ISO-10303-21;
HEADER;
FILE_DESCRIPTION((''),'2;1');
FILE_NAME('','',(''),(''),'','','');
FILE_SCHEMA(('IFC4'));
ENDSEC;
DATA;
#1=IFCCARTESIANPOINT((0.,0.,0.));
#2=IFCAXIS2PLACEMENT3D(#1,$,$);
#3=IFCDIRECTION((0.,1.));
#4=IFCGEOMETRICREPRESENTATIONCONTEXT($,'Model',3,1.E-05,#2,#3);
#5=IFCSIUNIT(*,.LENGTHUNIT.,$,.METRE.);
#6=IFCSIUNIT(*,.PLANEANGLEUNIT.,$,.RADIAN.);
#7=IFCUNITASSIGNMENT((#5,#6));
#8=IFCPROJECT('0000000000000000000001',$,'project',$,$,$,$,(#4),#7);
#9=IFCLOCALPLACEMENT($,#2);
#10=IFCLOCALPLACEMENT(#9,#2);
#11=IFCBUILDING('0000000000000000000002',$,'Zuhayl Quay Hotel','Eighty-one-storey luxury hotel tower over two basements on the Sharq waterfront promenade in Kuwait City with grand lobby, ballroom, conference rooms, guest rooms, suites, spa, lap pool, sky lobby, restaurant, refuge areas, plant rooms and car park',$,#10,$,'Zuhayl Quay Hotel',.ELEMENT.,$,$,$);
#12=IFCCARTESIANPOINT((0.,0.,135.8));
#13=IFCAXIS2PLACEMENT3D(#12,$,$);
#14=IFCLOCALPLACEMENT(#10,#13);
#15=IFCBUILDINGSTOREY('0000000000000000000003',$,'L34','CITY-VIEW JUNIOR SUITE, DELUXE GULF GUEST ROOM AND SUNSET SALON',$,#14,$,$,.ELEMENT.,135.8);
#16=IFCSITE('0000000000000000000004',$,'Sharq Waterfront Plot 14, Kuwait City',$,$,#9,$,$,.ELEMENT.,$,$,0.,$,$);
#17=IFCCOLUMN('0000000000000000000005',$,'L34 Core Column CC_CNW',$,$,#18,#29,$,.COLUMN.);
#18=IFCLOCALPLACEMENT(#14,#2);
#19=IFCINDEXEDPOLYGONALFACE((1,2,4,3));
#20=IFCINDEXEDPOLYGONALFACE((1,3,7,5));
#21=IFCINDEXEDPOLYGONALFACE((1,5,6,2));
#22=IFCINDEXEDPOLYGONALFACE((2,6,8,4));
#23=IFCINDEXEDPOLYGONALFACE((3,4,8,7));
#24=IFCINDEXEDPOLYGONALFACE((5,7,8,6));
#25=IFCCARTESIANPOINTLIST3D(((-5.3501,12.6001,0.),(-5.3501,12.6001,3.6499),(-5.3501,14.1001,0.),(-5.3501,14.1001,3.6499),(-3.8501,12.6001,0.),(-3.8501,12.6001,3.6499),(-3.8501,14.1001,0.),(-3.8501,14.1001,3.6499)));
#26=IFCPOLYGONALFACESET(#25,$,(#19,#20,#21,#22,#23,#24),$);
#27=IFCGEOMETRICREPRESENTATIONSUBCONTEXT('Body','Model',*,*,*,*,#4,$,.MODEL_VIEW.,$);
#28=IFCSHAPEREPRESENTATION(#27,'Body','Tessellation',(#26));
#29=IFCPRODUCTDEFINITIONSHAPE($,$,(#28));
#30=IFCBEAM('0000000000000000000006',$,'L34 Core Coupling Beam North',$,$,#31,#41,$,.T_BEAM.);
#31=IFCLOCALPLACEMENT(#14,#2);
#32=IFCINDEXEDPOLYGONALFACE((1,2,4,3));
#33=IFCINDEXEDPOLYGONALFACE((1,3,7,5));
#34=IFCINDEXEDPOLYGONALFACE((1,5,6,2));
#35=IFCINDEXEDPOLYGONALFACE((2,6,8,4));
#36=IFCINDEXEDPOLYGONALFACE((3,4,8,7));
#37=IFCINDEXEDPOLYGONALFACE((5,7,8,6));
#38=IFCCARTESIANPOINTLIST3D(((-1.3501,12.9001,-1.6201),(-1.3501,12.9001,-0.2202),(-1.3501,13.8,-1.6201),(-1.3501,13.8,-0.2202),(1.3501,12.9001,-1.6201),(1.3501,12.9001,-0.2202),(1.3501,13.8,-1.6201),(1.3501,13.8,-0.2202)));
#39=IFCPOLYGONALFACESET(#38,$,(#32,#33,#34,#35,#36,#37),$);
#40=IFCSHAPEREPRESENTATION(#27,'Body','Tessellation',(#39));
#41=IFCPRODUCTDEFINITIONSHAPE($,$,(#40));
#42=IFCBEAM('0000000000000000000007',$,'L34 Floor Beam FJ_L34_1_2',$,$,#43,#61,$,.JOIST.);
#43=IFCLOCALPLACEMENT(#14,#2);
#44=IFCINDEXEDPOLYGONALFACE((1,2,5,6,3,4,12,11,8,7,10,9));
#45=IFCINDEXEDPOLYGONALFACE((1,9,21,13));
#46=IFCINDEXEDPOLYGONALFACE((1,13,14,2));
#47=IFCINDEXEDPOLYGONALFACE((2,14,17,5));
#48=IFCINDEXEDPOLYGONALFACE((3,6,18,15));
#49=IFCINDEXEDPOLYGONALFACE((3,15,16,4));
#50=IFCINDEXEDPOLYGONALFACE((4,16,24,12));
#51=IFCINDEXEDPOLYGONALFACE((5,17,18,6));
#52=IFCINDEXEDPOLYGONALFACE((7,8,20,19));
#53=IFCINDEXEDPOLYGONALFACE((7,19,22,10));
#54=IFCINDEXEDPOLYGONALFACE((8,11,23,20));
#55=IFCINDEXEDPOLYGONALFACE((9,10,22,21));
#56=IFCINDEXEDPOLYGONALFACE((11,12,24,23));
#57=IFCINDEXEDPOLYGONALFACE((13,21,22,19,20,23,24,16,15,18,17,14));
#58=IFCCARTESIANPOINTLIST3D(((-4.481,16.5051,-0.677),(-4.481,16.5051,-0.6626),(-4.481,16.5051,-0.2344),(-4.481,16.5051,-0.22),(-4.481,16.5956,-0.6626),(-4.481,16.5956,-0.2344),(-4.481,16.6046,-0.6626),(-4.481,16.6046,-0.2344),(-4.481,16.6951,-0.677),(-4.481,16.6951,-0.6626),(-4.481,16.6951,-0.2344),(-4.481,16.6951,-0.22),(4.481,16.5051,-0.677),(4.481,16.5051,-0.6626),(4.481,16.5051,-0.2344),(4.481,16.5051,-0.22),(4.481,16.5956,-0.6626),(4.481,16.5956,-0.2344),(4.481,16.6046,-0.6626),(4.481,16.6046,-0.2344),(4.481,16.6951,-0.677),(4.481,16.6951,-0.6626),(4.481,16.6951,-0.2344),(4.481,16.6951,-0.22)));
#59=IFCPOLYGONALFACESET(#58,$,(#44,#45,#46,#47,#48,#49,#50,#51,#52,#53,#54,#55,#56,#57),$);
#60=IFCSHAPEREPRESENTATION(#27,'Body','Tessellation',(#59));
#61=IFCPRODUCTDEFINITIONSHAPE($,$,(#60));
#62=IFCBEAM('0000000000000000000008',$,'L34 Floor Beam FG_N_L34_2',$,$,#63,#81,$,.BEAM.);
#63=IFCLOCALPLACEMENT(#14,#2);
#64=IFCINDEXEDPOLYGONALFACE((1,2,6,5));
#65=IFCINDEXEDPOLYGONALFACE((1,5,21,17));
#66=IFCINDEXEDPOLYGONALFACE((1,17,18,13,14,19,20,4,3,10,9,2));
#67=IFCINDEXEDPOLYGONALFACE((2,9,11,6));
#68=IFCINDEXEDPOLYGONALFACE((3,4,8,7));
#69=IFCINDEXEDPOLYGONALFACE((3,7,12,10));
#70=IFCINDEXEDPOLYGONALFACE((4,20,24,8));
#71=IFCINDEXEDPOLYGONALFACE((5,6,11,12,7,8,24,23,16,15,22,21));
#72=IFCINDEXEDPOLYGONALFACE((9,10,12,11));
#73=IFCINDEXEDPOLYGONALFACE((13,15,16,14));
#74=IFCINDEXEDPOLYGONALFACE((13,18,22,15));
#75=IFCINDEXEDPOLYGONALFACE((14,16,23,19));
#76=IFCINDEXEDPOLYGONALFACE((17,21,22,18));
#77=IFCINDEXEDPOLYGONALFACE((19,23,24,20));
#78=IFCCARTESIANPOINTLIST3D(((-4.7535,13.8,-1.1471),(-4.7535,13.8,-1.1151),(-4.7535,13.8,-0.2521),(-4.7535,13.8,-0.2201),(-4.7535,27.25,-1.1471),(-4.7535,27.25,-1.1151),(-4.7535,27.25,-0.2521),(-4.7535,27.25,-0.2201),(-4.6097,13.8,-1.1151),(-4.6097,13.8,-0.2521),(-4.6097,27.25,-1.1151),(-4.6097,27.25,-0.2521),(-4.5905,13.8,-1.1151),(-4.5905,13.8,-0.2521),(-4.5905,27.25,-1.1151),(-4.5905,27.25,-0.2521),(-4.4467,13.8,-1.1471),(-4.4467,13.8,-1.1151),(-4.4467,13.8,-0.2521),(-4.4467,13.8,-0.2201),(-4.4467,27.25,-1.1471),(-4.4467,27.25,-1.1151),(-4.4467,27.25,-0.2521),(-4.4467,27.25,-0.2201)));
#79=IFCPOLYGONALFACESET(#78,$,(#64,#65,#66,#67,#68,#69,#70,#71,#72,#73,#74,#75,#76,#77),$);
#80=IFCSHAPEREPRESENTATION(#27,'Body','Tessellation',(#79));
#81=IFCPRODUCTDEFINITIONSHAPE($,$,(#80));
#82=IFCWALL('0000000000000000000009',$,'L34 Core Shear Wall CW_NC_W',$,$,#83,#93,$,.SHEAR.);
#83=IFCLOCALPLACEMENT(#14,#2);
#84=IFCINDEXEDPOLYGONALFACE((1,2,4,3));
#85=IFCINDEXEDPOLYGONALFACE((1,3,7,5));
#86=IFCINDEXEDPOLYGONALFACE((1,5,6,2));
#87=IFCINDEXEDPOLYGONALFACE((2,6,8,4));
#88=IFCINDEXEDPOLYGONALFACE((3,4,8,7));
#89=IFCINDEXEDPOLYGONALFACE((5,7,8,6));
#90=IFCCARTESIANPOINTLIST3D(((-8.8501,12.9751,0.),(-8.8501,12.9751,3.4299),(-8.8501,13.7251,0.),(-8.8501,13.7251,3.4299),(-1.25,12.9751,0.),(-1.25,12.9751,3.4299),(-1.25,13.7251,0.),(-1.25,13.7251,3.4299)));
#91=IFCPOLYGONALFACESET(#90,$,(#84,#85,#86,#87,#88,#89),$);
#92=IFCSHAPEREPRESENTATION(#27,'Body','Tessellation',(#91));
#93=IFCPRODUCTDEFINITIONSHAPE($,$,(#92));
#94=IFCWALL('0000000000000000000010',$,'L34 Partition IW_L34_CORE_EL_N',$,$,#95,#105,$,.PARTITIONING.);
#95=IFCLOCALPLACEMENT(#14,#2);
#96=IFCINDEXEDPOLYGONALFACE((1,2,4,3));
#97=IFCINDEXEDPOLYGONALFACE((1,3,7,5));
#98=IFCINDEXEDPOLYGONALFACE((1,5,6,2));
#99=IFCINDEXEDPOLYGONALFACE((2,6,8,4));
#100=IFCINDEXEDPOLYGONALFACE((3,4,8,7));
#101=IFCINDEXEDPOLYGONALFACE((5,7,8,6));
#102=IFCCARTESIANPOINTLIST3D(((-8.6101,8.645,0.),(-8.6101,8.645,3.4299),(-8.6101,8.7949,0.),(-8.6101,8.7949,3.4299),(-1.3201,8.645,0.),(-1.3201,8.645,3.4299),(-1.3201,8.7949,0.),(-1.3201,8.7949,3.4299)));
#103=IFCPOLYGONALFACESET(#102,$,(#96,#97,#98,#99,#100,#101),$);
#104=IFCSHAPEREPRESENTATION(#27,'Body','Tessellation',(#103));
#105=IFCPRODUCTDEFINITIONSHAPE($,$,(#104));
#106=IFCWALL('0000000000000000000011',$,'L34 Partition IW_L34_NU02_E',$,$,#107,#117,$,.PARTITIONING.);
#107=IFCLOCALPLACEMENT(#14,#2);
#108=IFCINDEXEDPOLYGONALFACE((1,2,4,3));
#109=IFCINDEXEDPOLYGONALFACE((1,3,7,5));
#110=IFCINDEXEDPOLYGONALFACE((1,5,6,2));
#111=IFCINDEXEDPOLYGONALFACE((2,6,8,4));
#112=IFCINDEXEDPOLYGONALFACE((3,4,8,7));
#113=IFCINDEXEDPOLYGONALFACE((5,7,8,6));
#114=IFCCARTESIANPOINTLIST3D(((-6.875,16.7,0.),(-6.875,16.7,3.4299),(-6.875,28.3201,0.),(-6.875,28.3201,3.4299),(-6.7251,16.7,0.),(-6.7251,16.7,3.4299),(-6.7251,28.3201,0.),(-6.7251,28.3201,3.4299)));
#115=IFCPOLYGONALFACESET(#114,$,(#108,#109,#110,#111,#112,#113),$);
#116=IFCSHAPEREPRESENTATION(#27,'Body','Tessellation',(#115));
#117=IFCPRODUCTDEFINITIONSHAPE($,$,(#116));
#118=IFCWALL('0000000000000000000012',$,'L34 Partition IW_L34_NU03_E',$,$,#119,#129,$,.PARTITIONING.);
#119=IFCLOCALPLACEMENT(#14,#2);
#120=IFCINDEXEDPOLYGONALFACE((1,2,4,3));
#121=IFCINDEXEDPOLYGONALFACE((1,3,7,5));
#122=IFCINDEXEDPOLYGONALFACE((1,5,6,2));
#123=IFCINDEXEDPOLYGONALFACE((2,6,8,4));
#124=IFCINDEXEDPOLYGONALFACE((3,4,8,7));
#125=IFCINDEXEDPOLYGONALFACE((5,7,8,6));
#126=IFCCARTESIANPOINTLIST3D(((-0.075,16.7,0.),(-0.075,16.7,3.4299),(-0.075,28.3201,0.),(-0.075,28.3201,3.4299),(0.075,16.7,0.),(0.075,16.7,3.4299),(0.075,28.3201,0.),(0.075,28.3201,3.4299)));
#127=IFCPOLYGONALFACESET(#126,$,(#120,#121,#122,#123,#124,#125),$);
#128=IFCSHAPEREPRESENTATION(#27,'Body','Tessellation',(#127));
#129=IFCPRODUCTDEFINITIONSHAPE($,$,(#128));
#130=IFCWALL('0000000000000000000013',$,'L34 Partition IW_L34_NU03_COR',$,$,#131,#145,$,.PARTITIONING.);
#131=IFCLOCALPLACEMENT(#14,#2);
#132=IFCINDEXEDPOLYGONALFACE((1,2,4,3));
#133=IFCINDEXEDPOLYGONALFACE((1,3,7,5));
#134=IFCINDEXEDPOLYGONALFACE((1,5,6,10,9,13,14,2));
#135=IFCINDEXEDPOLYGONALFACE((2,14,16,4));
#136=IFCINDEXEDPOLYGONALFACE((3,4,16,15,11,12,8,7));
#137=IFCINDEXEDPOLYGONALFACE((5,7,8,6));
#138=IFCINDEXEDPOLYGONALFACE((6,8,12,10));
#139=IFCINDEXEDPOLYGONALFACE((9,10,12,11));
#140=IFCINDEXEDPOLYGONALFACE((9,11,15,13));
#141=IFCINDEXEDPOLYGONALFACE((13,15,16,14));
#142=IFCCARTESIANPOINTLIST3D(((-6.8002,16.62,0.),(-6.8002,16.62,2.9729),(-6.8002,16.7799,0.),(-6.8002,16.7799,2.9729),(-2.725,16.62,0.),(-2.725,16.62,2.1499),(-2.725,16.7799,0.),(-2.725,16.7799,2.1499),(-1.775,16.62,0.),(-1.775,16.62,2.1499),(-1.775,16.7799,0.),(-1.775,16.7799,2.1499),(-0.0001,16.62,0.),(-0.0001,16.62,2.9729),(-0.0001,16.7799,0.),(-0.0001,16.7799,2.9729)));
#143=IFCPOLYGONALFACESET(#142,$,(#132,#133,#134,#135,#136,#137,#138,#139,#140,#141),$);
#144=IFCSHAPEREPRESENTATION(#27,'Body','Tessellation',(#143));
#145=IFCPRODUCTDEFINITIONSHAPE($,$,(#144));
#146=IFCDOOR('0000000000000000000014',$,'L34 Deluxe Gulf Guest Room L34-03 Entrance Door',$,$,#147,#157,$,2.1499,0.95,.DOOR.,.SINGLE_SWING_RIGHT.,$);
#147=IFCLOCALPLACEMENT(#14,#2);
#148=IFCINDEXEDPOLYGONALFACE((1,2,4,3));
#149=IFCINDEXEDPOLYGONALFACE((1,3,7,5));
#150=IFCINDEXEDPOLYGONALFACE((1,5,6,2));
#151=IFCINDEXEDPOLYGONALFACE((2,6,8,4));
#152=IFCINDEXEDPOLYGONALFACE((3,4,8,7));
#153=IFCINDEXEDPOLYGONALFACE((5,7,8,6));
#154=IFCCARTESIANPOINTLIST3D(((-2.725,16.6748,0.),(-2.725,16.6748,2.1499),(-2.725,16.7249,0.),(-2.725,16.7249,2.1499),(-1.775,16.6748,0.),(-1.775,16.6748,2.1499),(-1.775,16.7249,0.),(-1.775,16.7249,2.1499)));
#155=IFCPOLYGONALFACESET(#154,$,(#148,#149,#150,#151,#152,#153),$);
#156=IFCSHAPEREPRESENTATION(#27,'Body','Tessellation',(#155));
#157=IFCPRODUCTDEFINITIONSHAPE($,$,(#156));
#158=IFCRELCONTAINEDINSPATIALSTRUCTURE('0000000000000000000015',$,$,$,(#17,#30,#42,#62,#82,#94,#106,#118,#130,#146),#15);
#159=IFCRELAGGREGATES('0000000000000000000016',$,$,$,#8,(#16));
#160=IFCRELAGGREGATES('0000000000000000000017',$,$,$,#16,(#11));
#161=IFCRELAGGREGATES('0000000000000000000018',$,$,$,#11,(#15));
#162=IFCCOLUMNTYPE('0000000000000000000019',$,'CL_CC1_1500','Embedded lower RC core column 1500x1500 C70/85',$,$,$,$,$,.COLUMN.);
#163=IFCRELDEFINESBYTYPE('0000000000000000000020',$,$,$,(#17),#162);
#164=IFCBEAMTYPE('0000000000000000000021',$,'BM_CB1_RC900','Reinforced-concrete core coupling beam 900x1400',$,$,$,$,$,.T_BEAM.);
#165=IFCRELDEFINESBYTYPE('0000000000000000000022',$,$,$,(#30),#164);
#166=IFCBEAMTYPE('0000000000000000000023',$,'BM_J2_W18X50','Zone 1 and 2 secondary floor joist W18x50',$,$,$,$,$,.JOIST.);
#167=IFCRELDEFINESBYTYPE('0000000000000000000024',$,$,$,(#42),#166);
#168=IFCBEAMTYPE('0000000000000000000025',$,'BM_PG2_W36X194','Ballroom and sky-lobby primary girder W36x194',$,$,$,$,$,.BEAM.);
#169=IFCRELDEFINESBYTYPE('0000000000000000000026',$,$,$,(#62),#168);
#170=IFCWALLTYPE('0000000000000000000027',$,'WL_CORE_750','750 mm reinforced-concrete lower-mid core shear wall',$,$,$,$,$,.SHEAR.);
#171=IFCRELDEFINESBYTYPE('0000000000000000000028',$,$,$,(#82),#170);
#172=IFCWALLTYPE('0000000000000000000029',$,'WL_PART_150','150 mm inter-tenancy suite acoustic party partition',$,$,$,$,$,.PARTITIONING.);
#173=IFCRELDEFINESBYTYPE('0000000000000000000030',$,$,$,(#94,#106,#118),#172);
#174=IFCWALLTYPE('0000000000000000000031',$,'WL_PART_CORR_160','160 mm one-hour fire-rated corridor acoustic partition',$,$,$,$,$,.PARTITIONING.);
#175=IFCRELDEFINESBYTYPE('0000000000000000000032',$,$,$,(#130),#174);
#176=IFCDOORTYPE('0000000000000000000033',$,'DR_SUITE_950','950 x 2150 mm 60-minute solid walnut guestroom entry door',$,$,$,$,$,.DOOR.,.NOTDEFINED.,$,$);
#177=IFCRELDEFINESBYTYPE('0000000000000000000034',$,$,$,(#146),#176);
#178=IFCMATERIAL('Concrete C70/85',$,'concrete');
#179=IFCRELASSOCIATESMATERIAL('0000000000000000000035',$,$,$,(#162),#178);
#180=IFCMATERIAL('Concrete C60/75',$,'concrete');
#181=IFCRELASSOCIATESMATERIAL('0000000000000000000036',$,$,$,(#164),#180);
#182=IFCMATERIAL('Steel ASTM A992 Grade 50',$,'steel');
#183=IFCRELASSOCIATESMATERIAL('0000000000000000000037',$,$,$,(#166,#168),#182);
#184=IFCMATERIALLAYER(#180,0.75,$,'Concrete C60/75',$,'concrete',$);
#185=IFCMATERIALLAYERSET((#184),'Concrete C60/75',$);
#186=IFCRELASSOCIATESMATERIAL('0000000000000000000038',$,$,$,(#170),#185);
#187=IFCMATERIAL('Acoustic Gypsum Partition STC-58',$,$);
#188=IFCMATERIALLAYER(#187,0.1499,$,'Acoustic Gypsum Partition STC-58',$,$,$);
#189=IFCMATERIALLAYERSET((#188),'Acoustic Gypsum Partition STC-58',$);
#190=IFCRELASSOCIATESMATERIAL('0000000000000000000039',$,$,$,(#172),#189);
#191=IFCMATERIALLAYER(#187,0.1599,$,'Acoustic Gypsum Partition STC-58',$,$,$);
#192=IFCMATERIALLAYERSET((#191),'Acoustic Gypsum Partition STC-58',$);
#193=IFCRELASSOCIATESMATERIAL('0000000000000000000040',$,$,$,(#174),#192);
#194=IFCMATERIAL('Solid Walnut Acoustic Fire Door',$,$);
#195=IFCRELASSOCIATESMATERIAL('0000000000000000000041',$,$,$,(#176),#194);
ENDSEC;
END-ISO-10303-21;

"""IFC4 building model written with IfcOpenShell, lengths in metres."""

from ifc_helpers import new_model, si_unit, direction, frame, frame_2d, origin, origin_2d, place, context, subcontext, project, spatial, rectangle, i_section, extrude, material, layer, layer_set, material_profile, profile_set, type_object, element, fill, save


model = new_model("IFC4")

# Units and contexts
model_context = context("Model", 3, precision=1e-05, world=origin(), true_north=direction((0.0, 1.0)))
body_context = subcontext(model_context, "Body", "Model", "MODEL_VIEW")
ifc_project = project(units=[si_unit("LENGTHUNIT", "METRE"), si_unit("PLANEANGLEUNIT", "RADIAN")], contexts=[model_context])

# Site, building, storey
site_placement = place(None, origin())
site = spatial("IfcSite", under=ifc_project, at=site_placement, Name="Sharq Waterfront Plot 14, Kuwait City", CompositionType="ELEMENT", RefElevation=0.0)
building_placement = place(site_placement, origin())
building = spatial("IfcBuilding", under=site, at=building_placement, Name="Zuhayl Quay Hotel", Description="Eighty-one-storey luxury hotel tower over two basements on the Sharq waterfront promenade in Kuwait City with grand lobby, ballroom, conference rooms, guest rooms, suites, spa, lap pool, sky lobby, restaurant, refuge areas, plant rooms and car park", LongName="Zuhayl Quay Hotel", CompositionType="ELEMENT")
storey_placement = place(building_placement, frame((0.0, 0.0, 135.8)))
storey = spatial("IfcBuildingStorey", under=building, at=storey_placement, Name="L34", Description="CITY-VIEW JUNIOR SUITE, DELUXE GULF GUEST ROOM AND SUNSET SALON", CompositionType="ELEMENT", Elevation=135.8)

# Column
ifc_material_1 = material(Name="Concrete C70/85", Category="concrete")
ifc_material_profile_1 = material_profile(ifc_material_1, rectangle(XDim=1.5, YDim=1.5, at=origin_2d()), Name="RC1500X1500")
ifc_profile_set_1 = profile_set([ifc_material_profile_1], Name="Concrete C70/85")
column_type = type_object("IfcColumnType", Name="CL_CC1_1500", Description="Embedded lower RC core column 1500x1500 C70/85", PredefinedType="COLUMN", material=ifc_profile_set_1)
column_placement = place(storey_placement, frame((-4.6001, 13.3501, 0.0), z_axis=(0.0, 0.0, 1.0), x_axis=(1.0, 0.0, 0.0)))
element("IfcColumn", 1, at=column_placement, inside=storey, type_object=column_type, Name="L34 Core Column CC_CNW", PredefinedType="COLUMN", context=body_context, shape_type="SweptSolid", body=[
    extrude(rectangle(XDim=1.5, YDim=1.5, at=origin_2d()), origin(), (0.0, 0.0, 1.0), 3.6499),
])

# Beams
ifc_material_2 = material(Name="Concrete C60/75", Category="concrete")
ifc_material_profile_2 = material_profile(ifc_material_2, rectangle(XDim=0.8999, YDim=1.3999, at=origin_2d()), Name="RC900X1400")
ifc_profile_set_2 = profile_set([ifc_material_profile_2], Name="Concrete C60/75")
beam_type_1 = type_object("IfcBeamType", Name="BM_CB1_RC900", Description="Reinforced-concrete core coupling beam 900x1400", PredefinedType="T_BEAM", material=ifc_profile_set_2)
beam_1_placement = place(storey_placement, frame((-1.3501, 13.3501, -0.9202), z_axis=(1.0, 0.0, 0.0), x_axis=(0.0, 1.0, 0.0)))
element("IfcBeam", 2, at=beam_1_placement, inside=storey, type_object=beam_type_1, Name="L34 Core Coupling Beam North", PredefinedType="T_BEAM", context=body_context, shape_type="SweptSolid", body=[
    extrude(rectangle(XDim=0.8999, YDim=1.3999, at=origin_2d()), origin(), (0.0, 0.0, 1.0), 2.7002),
])
ifc_material_3 = material(Name="Steel ASTM A992 Grade 50", Category="steel")
ifc_material_profile_3 = material_profile(ifc_material_3, i_section(OverallWidth=0.1899, OverallDepth=0.457, WebThickness=0.009, FlangeThickness=0.0144, at=origin_2d()), Name="W18X50")
ifc_profile_set_3 = profile_set([ifc_material_profile_3], Name="Steel ASTM A992 Grade 50")
beam_type_2 = type_object("IfcBeamType", Name="BM_J2_W18X50", Description="Zone 1 and 2 secondary floor joist W18x50", PredefinedType="JOIST", material=ifc_profile_set_3)
beam_2_placement = place(storey_placement, frame((-4.481, 16.6001, -0.4485), z_axis=(1.0, 0.0, 0.0), x_axis=(0.0, 1.0, 0.0)))
element("IfcBeam", 3, at=beam_2_placement, inside=storey, type_object=beam_type_2, Name="L34 Floor Beam FJ_L34_1_2", PredefinedType="JOIST", context=body_context, shape_type="SweptSolid", body=[
    extrude(i_section(OverallWidth=0.1899, OverallDepth=0.457, WebThickness=0.009, FlangeThickness=0.0144, at=origin_2d()), origin(), (0.0, 0.0, 1.0), 8.9619),
])
ifc_material_profile_4 = material_profile(ifc_material_3, i_section(OverallWidth=0.3069, OverallDepth=0.927, WebThickness=0.0193, FlangeThickness=0.032, at=origin_2d()), Name="W36X194")
ifc_profile_set_4 = profile_set([ifc_material_profile_4], Name="Steel ASTM A992 Grade 50")
beam_type_3 = type_object("IfcBeamType", Name="BM_PG2_W36X194", Description="Ballroom and sky-lobby primary girder W36x194", PredefinedType="BEAM", material=ifc_profile_set_4)
beam_3_placement = place(storey_placement, frame((-4.6001, 13.8, -0.6836), z_axis=(0.0, 1.0, 0.0), x_axis=(-1.0, 0.0, 0.0)))
element("IfcBeam", 4, at=beam_3_placement, inside=storey, type_object=beam_type_3, Name="L34 Floor Beam FG_N_L34_2", PredefinedType="BEAM", context=body_context, shape_type="SweptSolid", body=[
    extrude(i_section(OverallWidth=0.3069, OverallDepth=0.927, WebThickness=0.0193, FlangeThickness=0.032, at=origin_2d()), origin(), (0.0, 0.0, 1.0), 13.45),
])

# Walls
ifc_layer_1 = layer(ifc_material_2, 0.75, Name="Concrete C60/75", Category="concrete")
ifc_layer_set_1 = layer_set([ifc_layer_1], Name="Concrete C60/75")
wall_type_1 = type_object("IfcWallType", Name="WL_CORE_750", Description="750 mm reinforced-concrete lower-mid core shear wall", PredefinedType="SHEAR", material=ifc_layer_set_1)
wall_1_placement = place(storey_placement, frame((-8.8501, 13.3501, 0.0), z_axis=(0.0, 0.0, 1.0), x_axis=(1.0, 0.0, 0.0)))
element("IfcWall", 5, at=wall_1_placement, inside=storey, type_object=wall_type_1, Name="L34 Core Shear Wall CW_NC_W", PredefinedType="SHEAR", context=body_context, shape_type="SweptSolid", body=[
    extrude(rectangle(XDim=7.6001, YDim=0.75, at=frame_2d((3.8, 0.0))), origin(), (0.0, 0.0, 1.0), 3.4299),
])
ifc_material_4 = material(Name="Acoustic Gypsum Partition STC-58")
ifc_layer_2 = layer(ifc_material_4, 0.1499, Name="Acoustic Gypsum Partition STC-58")
ifc_layer_set_2 = layer_set([ifc_layer_2], Name="Acoustic Gypsum Partition STC-58")
wall_type_2 = type_object("IfcWallType", Name="WL_PART_150", Description="150 mm inter-tenancy suite acoustic party partition", PredefinedType="PARTITIONING", material=ifc_layer_set_2)
wall_2_placement = place(storey_placement, frame((-8.6101, 8.72, 0.0), z_axis=(0.0, 0.0, 1.0), x_axis=(1.0, 0.0, 0.0)))
element("IfcWall", 6, at=wall_2_placement, inside=storey, type_object=wall_type_2, Name="L34 Partition IW_L34_CORE_EL_N", PredefinedType="PARTITIONING", context=body_context, shape_type="SweptSolid", body=[
    extrude(rectangle(XDim=7.29, YDim=0.1499, at=frame_2d((3.645, 0.0))), origin(), (0.0, 0.0, 1.0), 3.4299),
])
for number, where, z_axis, x_axis, name in (
    (7, (-6.8, 16.7, 0.0), (0.0, 0.0, 1.0), (0.0, 1.0, 0.0), "L34 Partition IW_L34_NU02_E"),
    (8, (0.0, 16.7, 0.0), (0.0, 0.0, 1.0), (0.0, 1.0, 0.0), "L34 Partition IW_L34_NU03_E"),
):
    element("IfcWall", number, at=place(storey_placement, frame(where, z_axis=z_axis, x_axis=x_axis)), inside=storey, type_object=wall_type_2, Name=name, PredefinedType="PARTITIONING", context=body_context, shape_type="SweptSolid", body=[
        extrude(rectangle(XDim=11.6201, YDim=0.1499, at=frame_2d((5.8101, 0.0))), origin(), (0.0, 0.0, 1.0), 3.4299),
    ])

# Wall, opening, door
ifc_layer_3 = layer(ifc_material_4, 0.1599, Name="Acoustic Gypsum Partition STC-58")
ifc_layer_set_3 = layer_set([ifc_layer_3], Name="Acoustic Gypsum Partition STC-58")
wall_type_3 = type_object("IfcWallType", Name="WL_PART_CORR_160", Description="160 mm one-hour fire-rated corridor acoustic partition", PredefinedType="PARTITIONING", material=ifc_layer_set_3)
wall_3_placement = place(storey_placement, frame((-6.8, 16.7, 0.0), z_axis=(0.0, 0.0, 1.0), x_axis=(1.0, 0.0, 0.0)))
wall_3 = element("IfcWall", 9, at=wall_3_placement, inside=storey, type_object=wall_type_3, Name="L34 Partition IW_L34_NU03_COR", PredefinedType="PARTITIONING", context=body_context, shape_type="SweptSolid", body=[
    extrude(rectangle(XDim=6.8, YDim=0.1599, at=frame_2d((3.3999, 0.0))), origin(), (0.0, 0.0, 1.0), 2.9729),
])
opening_1_placement = place(wall_3_placement, frame((4.075, 0.0, 0.0)))
opening_1 = element("IfcOpeningElement", 10, at=opening_1_placement, cuts=wall_3, PredefinedType="OPENING", context=body_context, shape_type="SweptSolid", body=[
    extrude(rectangle(XDim=0.95, YDim=2.1499, at=frame_2d((0.4751, 1.075))), frame((0.0, 0.0898, 0.0), z_axis=(0.0, -1.0, 0.0), x_axis=(1.0, 0.0, 0.0)), (0.0, 0.0, 1.0), 0.1799),
])
ifc_material_5 = material(Name="Solid Walnut Acoustic Fire Door")
door_type_1 = type_object("IfcDoorType", Name="DR_SUITE_950", Description="950 x 2150 mm 60-minute solid walnut guestroom entry door", OperationType="NOTDEFINED", PredefinedType="DOOR", material=ifc_material_5)
door_1_placement = place(opening_1_placement, origin())
door_1 = element("IfcDoor", 11, at=door_1_placement, inside=storey, type_object=door_type_1, Name="L34 Deluxe Gulf Guest Room L34-03 Entrance Door", OperationType="SINGLE_SWING_RIGHT", OverallHeight=2.1499, OverallWidth=0.95, PredefinedType="DOOR", context=body_context, shape_type="SweptSolid", body=[
    extrude(rectangle(XDim=0.95, YDim=2.1499, at=frame_2d((0.4751, 1.075))), frame((0.0, 0.0249, 0.0), z_axis=(0.0, -1.0, 0.0), x_axis=(1.0, 0.0, 0.0)), (0.0, 0.0, 1.0), 0.05),
])
fill(opening_1, door_1)

save(model, "model.ifc")
